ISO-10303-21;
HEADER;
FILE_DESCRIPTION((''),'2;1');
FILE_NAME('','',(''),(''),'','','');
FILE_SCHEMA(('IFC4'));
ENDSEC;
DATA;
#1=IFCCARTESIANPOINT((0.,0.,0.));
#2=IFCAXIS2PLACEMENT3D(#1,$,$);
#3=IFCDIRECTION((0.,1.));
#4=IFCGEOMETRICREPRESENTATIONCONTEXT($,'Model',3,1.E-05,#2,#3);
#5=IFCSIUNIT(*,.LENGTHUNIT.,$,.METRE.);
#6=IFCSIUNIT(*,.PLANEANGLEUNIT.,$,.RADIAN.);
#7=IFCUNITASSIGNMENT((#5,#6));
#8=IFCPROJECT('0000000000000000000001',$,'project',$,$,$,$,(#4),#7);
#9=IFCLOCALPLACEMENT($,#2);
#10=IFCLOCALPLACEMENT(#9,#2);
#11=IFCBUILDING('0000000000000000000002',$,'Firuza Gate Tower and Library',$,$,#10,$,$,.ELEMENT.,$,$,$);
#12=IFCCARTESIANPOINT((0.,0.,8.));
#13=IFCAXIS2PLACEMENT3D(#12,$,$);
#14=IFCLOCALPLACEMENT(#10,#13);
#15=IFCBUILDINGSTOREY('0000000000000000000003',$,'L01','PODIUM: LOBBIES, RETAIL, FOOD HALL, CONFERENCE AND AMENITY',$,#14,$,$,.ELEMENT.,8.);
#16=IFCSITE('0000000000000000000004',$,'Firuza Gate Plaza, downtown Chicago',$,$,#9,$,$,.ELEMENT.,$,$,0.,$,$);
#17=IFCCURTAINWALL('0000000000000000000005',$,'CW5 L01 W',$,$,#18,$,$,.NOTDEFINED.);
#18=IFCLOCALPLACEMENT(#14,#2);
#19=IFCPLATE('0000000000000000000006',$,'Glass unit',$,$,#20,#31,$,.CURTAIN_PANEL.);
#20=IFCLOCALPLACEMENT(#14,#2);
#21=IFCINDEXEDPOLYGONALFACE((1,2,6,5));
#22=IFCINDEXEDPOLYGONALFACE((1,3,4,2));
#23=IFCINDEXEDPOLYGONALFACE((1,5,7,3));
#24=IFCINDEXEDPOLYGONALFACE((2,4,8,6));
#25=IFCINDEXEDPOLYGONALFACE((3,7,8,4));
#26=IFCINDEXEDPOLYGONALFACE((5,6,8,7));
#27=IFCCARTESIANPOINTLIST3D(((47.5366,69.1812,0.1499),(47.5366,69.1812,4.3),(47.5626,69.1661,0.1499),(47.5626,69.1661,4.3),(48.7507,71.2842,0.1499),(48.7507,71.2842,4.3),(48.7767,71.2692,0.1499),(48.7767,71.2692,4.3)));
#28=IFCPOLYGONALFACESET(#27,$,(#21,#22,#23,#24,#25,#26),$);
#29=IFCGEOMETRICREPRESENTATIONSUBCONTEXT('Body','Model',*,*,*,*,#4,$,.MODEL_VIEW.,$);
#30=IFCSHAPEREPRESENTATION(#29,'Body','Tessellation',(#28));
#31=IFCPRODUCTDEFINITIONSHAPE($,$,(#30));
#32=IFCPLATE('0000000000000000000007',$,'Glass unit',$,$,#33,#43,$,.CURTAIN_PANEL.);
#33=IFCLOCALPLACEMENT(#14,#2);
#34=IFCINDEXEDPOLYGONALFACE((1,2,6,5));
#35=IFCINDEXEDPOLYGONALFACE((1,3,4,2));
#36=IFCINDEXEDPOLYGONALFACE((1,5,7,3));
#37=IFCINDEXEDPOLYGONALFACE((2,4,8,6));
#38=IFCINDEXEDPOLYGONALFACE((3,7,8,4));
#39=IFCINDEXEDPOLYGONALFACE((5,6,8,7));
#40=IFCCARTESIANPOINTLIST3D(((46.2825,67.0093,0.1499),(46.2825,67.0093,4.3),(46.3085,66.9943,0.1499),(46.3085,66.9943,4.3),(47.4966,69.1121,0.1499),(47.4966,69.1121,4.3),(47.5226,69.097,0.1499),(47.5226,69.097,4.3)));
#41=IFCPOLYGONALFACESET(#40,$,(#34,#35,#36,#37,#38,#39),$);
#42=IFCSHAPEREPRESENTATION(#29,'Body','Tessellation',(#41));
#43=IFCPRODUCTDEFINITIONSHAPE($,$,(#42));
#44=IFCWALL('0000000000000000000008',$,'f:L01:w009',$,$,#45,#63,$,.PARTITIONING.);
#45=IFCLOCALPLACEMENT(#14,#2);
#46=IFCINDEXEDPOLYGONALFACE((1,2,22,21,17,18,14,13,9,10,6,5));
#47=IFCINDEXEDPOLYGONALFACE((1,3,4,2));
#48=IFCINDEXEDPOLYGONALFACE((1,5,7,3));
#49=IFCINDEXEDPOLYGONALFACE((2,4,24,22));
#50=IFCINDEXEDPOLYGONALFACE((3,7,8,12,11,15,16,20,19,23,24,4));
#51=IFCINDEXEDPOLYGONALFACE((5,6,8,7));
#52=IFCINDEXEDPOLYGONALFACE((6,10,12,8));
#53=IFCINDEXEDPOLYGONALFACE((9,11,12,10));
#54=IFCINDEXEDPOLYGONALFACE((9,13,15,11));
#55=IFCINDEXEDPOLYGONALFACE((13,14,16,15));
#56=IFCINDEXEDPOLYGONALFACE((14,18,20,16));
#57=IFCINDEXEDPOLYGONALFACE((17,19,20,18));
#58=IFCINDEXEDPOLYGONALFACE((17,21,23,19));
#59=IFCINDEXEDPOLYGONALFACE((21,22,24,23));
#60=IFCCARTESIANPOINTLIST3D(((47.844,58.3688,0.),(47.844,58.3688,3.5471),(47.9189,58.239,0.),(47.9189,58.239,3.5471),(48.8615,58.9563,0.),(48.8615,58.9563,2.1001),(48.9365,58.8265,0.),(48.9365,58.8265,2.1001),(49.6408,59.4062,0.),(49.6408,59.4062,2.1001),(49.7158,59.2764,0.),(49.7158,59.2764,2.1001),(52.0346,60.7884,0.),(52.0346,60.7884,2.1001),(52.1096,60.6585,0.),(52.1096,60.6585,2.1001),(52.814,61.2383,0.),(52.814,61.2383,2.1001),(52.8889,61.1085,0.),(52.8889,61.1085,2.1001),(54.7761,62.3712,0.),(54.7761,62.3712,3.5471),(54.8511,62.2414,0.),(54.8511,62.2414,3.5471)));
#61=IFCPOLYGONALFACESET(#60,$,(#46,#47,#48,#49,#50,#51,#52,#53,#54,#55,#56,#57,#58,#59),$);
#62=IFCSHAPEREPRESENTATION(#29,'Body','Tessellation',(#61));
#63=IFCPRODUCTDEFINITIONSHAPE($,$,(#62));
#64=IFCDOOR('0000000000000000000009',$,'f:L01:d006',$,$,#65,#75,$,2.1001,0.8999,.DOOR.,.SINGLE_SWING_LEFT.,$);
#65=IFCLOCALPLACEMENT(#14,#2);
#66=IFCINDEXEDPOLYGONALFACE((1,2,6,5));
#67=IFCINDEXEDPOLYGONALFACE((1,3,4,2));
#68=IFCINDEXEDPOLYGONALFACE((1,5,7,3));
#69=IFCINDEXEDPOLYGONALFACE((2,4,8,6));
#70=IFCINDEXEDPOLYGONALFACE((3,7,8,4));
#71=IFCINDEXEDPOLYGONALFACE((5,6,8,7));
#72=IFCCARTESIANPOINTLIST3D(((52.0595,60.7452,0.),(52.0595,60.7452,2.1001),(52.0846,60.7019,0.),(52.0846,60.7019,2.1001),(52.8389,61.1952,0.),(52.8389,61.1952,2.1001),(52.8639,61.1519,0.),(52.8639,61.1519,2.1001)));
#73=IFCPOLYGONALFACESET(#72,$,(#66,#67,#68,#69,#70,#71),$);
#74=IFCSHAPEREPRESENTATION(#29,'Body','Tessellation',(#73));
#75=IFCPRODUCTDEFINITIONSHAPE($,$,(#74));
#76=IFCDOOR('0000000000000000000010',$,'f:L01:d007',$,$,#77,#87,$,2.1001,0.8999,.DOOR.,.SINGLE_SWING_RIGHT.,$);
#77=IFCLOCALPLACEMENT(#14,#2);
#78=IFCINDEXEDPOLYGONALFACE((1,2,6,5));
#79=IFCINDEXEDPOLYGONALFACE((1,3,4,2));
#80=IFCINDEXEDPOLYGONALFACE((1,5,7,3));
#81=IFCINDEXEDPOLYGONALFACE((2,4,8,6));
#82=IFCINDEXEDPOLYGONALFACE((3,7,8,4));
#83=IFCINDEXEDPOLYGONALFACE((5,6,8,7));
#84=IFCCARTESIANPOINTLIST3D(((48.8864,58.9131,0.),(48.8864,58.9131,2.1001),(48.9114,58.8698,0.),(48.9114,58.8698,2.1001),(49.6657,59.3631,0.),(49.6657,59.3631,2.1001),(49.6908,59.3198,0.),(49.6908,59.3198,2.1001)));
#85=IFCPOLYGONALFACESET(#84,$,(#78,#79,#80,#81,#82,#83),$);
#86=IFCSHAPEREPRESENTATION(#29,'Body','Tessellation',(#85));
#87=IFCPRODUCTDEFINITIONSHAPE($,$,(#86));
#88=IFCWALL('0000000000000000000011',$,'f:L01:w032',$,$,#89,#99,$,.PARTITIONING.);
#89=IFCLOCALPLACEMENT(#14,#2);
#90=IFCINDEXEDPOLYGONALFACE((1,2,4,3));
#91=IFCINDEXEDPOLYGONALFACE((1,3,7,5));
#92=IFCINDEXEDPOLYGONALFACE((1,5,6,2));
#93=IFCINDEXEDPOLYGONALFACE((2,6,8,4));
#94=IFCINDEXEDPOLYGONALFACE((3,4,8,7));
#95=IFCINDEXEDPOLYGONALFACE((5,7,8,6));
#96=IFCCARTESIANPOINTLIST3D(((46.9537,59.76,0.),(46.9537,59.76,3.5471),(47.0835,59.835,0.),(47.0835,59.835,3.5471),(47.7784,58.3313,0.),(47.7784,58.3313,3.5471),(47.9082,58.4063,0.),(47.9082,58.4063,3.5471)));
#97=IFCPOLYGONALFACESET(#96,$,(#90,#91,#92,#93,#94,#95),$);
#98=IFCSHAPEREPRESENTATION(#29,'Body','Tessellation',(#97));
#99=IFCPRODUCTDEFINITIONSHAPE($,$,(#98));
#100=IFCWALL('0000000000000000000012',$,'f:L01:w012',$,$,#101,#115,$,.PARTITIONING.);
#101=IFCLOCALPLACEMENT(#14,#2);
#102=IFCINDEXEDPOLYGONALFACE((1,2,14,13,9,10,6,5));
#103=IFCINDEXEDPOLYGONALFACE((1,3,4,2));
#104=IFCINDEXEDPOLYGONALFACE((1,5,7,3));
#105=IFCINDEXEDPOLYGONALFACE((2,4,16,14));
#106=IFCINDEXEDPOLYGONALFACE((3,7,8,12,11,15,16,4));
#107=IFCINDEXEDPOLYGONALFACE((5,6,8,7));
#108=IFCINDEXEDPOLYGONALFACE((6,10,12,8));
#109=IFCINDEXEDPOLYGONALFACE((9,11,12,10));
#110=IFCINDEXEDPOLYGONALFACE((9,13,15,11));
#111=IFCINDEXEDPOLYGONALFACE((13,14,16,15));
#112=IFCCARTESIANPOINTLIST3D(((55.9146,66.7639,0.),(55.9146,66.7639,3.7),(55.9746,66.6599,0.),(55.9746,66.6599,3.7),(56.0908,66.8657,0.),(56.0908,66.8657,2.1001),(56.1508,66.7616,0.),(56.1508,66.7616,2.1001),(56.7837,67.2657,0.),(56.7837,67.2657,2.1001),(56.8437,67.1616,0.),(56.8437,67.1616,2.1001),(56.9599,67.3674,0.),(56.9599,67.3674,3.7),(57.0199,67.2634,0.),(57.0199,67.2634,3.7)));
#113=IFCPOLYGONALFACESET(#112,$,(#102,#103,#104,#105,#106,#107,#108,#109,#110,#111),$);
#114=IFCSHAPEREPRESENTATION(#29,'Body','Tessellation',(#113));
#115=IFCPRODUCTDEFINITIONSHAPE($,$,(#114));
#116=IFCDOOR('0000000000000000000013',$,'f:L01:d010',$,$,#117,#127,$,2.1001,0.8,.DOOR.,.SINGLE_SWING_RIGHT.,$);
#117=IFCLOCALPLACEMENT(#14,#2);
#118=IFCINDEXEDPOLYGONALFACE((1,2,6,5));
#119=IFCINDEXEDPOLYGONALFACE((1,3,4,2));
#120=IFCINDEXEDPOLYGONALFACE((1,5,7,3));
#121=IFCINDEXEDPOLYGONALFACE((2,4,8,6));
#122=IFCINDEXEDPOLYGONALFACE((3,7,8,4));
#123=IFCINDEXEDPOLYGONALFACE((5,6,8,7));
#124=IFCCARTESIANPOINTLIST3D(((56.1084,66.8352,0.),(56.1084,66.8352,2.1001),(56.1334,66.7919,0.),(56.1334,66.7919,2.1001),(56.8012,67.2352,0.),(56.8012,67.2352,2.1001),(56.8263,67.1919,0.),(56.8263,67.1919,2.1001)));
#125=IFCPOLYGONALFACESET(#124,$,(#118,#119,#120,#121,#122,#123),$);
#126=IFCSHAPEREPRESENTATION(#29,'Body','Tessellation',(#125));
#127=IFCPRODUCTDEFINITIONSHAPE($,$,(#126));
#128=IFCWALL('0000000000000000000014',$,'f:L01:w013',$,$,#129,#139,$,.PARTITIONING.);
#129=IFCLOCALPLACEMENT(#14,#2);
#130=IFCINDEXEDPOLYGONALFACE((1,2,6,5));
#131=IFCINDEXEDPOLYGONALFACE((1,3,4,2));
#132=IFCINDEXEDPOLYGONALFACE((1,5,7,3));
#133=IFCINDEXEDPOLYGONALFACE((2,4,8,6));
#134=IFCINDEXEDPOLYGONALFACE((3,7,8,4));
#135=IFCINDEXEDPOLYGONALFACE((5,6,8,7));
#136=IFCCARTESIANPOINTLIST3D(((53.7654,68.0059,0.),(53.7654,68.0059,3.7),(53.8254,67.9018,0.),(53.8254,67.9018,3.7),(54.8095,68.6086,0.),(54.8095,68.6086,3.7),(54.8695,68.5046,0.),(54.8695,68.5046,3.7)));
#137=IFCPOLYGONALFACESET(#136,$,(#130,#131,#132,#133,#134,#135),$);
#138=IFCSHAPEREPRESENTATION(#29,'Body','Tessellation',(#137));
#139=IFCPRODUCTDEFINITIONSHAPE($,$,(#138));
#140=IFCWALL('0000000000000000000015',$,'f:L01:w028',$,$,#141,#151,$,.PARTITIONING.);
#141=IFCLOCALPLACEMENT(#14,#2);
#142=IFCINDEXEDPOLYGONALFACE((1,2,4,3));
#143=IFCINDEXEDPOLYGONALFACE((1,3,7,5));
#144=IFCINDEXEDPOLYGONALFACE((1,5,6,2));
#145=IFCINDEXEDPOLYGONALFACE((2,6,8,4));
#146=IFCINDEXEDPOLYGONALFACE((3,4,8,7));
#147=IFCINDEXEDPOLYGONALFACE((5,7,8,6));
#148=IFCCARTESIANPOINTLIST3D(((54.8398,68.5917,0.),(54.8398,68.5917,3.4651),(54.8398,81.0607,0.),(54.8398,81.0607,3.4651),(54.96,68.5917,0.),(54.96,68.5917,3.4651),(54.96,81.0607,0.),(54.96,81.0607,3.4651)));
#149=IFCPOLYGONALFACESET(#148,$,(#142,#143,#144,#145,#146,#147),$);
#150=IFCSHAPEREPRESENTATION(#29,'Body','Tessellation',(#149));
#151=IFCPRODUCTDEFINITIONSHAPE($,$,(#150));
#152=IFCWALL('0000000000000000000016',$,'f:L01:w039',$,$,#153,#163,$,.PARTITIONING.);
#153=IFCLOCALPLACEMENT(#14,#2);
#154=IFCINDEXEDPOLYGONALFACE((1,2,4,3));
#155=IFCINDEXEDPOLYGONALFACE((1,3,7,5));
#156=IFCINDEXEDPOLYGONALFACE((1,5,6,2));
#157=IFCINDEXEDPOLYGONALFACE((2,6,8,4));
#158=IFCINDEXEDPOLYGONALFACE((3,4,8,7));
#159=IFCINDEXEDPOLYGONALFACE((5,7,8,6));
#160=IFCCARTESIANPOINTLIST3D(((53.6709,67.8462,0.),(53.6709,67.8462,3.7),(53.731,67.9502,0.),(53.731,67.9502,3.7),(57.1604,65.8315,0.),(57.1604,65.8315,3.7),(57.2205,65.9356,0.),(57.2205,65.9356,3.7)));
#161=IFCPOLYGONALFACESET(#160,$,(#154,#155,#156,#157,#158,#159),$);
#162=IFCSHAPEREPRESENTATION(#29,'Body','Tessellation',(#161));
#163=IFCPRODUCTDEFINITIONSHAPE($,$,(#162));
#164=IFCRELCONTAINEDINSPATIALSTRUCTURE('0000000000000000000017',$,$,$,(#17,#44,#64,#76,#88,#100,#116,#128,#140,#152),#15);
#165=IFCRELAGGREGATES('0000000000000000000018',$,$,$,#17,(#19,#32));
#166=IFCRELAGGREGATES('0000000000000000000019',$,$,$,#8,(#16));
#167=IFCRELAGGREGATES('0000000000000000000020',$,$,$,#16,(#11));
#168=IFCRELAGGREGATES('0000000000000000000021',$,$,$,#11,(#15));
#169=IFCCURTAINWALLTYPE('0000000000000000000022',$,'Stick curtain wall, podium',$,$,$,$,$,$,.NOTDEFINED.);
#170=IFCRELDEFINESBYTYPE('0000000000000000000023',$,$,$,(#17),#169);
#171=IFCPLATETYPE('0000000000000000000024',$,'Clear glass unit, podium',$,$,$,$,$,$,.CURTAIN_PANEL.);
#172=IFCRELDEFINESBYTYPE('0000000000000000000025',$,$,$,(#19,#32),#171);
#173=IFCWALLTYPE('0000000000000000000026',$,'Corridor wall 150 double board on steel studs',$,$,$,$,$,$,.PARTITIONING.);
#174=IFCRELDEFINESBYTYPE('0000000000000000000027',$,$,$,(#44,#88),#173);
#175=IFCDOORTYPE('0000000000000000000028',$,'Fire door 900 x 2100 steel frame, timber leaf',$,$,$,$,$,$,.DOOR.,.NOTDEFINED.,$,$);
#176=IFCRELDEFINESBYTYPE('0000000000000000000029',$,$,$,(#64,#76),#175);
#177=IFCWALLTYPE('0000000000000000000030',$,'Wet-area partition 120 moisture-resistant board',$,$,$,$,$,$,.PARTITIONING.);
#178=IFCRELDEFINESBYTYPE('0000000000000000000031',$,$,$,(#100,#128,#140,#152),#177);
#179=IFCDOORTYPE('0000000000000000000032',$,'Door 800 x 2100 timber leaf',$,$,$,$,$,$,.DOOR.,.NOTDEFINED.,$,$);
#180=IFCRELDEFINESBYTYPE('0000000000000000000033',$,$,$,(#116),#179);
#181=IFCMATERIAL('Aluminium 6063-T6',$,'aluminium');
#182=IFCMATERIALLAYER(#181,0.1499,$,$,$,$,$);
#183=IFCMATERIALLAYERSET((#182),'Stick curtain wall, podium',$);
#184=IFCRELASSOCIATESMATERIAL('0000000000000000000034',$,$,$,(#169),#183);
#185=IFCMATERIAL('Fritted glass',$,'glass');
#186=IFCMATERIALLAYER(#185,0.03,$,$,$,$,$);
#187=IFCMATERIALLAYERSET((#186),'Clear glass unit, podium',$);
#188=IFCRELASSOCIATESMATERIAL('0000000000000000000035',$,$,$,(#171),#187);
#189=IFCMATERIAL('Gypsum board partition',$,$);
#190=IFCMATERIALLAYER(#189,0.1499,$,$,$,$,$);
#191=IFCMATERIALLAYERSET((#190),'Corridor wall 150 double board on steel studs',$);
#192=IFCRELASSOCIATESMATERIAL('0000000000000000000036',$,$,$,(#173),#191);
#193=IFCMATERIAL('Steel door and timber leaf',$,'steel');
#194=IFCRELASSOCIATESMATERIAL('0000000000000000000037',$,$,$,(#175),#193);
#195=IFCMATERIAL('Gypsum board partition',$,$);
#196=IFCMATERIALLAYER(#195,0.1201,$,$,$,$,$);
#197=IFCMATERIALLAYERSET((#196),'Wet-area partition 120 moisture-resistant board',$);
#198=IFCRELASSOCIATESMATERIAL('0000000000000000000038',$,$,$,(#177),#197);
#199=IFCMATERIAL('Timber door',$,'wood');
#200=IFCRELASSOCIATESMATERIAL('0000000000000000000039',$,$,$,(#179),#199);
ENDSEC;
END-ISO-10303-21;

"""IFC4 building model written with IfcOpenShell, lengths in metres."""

from ifc_helpers import new_model, si_unit, direction, frame, frame_2d, origin, place, context, subcontext, project, spatial, polyline, rectangle, outline, extrude, material, layer, layer_set, type_object, element, fill, aggregate, save


model = new_model("IFC4")

# Units and contexts
model_context = context("Model", 3, precision=1e-05, world=origin(), true_north=direction((0.0, 1.0)))
body_context = subcontext(model_context, "Body", "Model", "MODEL_VIEW")
ifc_project = project(units=[si_unit("LENGTHUNIT", "METRE"), si_unit("PLANEANGLEUNIT", "RADIAN")], contexts=[model_context])

# Site, building, storey
site_placement = place(None, origin())
site = spatial("IfcSite", under=ifc_project, at=site_placement, Name="Firuza Gate Plaza, downtown Chicago", CompositionType="ELEMENT", RefElevation=0.0)
building_placement = place(site_placement, origin())
building = spatial("IfcBuilding", under=site, at=building_placement, Name="Firuza Gate Tower and Library", CompositionType="ELEMENT")
storey_placement = place(building_placement, frame((0.0, 0.0, 8.0)))
storey = spatial("IfcBuildingStorey", under=building, at=storey_placement, Name="L01", Description="PODIUM: LOBBIES, RETAIL, FOOD HALL, CONFERENCE AND AMENITY", CompositionType="ELEMENT", Elevation=8.0)

# Shared definitions
placement = place(storey_placement, origin())

# Curtain wall
ifc_material_1 = material(Name="Aluminium 6063-T6", Category="aluminium")
ifc_layer_1 = layer(ifc_material_1, 0.1499)
ifc_layer_set_1 = layer_set([ifc_layer_1], Name="Stick curtain wall, podium")
curtain_wall_type_1 = type_object("IfcCurtainWallType", Name="Stick curtain wall, podium", PredefinedType="NOTDEFINED", material=ifc_layer_set_1)
curtain_wall_1 = element("IfcCurtainWall", 1, at=placement, inside=storey, type_object=curtain_wall_type_1, Name="CW5 L01 W", PredefinedType="NOTDEFINED")

# Plates
ifc_material_2 = material(Name="Fritted glass", Category="glass")
ifc_layer_2 = layer(ifc_material_2, 0.03)
ifc_layer_set_2 = layer_set([ifc_layer_2], Name="Clear glass unit, podium")
plate_type = type_object("IfcPlateType", Name="Clear glass unit, podium", PredefinedType="CURTAIN_PANEL", material=ifc_layer_set_2)
plate_1_placement = place(storey_placement, frame((48.7507, 71.2842, 0.1499), z_axis=(-0.866038, 0.499978, 0.0), x_axis=(-0.499978, -0.866038, 0.0)))
plate_1 = element("IfcPlate", 2, at=plate_1_placement, type_object=plate_type, Name="Glass unit", PredefinedType="CURTAIN_PANEL", context=body_context, shape_type="SweptSolid", body=[
    extrude(outline(polyline([(0.0, 0.0), (2.4283, 0.0), (2.4283, 4.1501), (0.0, 4.1501), (0.0, 0.0)])), origin(), (0.0, 0.0, -1.0), 0.03),
])
plate_2_placement = place(storey_placement, frame((47.4966, 69.1121, 0.1499), z_axis=(-0.866013, 0.500021, 0.0), x_axis=(-0.500021, -0.866013, 0.0)))
plate_2 = element("IfcPlate", 3, at=plate_2_placement, type_object=plate_type, Name="Glass unit", PredefinedType="CURTAIN_PANEL", context=body_context, shape_type="SweptSolid", body=[
    extrude(outline(polyline([(0.0, 0.0), (2.4281, 0.0), (2.4281, 4.1501), (0.0, 4.1501), (0.0, 0.0)])), origin(), (0.0, 0.0, -1.0), 0.03),
])
aggregate(curtain_wall_1, [plate_1, plate_2])

# Wall, openings, doors
ifc_material_3 = material(Name="Gypsum board partition")
ifc_layer_3 = layer(ifc_material_3, 0.1499)
ifc_layer_set_3 = layer_set([ifc_layer_3], Name="Corridor wall 150 double board on steel studs")
wall_type_1 = type_object("IfcWallType", Name="Corridor wall 150 double board on steel studs", PredefinedType="PARTITIONING", material=ifc_layer_set_3)
wall_1_placement = place(storey_placement, frame((54.8137, 62.3064, 0.0), z_axis=(0.0, 0.0, 1.0), x_axis=(-0.866016, -0.500016, 0.0)))
wall_1 = element("IfcWall", 4, at=wall_1_placement, inside=storey, type_object=wall_type_1, Name="f:L01:w009", PredefinedType="PARTITIONING", context=body_context, shape_type="SweptSolid", body=[
    extrude(rectangle(XDim=8.0046, YDim=0.1499, at=frame_2d((4.0024, 0.0))), origin(), (0.0, 0.0, 1.0), 3.5471),
])
opening_1_placement = place(wall_1_placement, frame((2.2659, 0.0, 0.0)))
opening_1 = element("IfcOpeningElement", 5, at=opening_1_placement, cuts=wall_1, PredefinedType="OPENING", context=body_context, shape_type="SweptSolid", body=[
    extrude(rectangle(XDim=0.8999, YDim=2.1001, at=frame_2d((0.45, 1.05))), frame((0.0, 0.085, 0.0), z_axis=(0.0, -1.0, 0.0), x_axis=(1.0, 0.0, 0.0)), (0.0, 0.0, 1.0), 0.1699),
])
opening_2_placement = place(wall_1_placement, frame((5.9299, 0.0, 0.0)))
opening_2 = element("IfcOpeningElement", 6, at=opening_2_placement, cuts=wall_1, PredefinedType="OPENING", context=body_context, shape_type="SweptSolid", body=[
    extrude(rectangle(XDim=0.8999, YDim=2.1001, at=frame_2d((0.45, 1.05))), frame((0.0, 0.085, 0.0), z_axis=(0.0, -1.0, 0.0), x_axis=(1.0, 0.0, 0.0)), (0.0, 0.0, 1.0), 0.1699),
])
ifc_material_4 = material(Name="Steel door and timber leaf", Category="steel")
door_type_1 = type_object("IfcDoorType", Name="Fire door 900 x 2100 steel frame, timber leaf", OperationType="NOTDEFINED", PredefinedType="DOOR", material=ifc_material_4)
door_1_placement = place(opening_1_placement, origin())
door_1 = element("IfcDoor", 7, at=door_1_placement, inside=storey, type_object=door_type_1, Name="f:L01:d006", OperationType="SINGLE_SWING_LEFT", OverallHeight=2.1001, OverallWidth=0.8999, PredefinedType="DOOR", context=body_context, shape_type="SweptSolid", body=[
    extrude(rectangle(XDim=0.8999, YDim=2.1001, at=frame_2d((0.45, 1.05))), frame((0.0, 0.0249, 0.0), z_axis=(0.0, -1.0, 0.0), x_axis=(1.0, 0.0, 0.0)), (0.0, 0.0, 1.0), 0.05),
])
fill(opening_1, door_1)
door_2_placement = place(opening_2_placement, origin())
door_2 = element("IfcDoor", 8, at=door_2_placement, inside=storey, type_object=door_type_1, Name="f:L01:d007", OperationType="SINGLE_SWING_RIGHT", OverallHeight=2.1001, OverallWidth=0.8999, PredefinedType="DOOR", context=body_context, shape_type="SweptSolid", body=[
    extrude(rectangle(XDim=0.8999, YDim=2.1001, at=frame_2d((0.45, 1.05))), frame((0.0, 0.0249, 0.0), z_axis=(0.0, -1.0, 0.0), x_axis=(1.0, 0.0, 0.0)), (0.0, 0.0, 1.0), 0.05),
])
fill(opening_2, door_2)

# Wall
wall_2_placement = place(storey_placement, frame((47.8433, 58.3689, 0.0), z_axis=(0.0, 0.0, 1.0), x_axis=(-0.499927, 0.866067, 0.0)))
element("IfcWall", 9, at=wall_2_placement, inside=storey, type_object=wall_type_1, Name="f:L01:w032", PredefinedType="PARTITIONING", context=body_context, shape_type="SweptSolid", body=[
    extrude(rectangle(XDim=1.6497, YDim=0.1499, at=frame_2d((0.8247, 0.0))), origin(), (0.0, 0.0, 1.0), 3.5471),
])

# Wall, opening, door
ifc_material_5 = material(Name="Gypsum board partition")
ifc_layer_4 = layer(ifc_material_5, 0.1201)
ifc_layer_set_4 = layer_set([ifc_layer_4], Name="Wet-area partition 120 moisture-resistant board")
wall_type_2 = type_object("IfcWallType", Name="Wet-area partition 120 moisture-resistant board", PredefinedType="PARTITIONING", material=ifc_layer_set_4)
wall_3_placement = place(storey_placement, frame((55.9446, 66.7119, 0.0), z_axis=(0.0, 0.0, 1.0), x_axis=(0.866044, 0.499968, 0.0)))
wall_3 = element("IfcWall", 10, at=wall_3_placement, inside=storey, type_object=wall_type_2, Name="f:L01:w012", PredefinedType="PARTITIONING", context=body_context, shape_type="SweptSolid", body=[
    extrude(rectangle(XDim=1.207, YDim=0.1201, at=frame_2d((0.6035, 0.0))), origin(), (0.0, 0.0, 1.0), 3.7),
])
opening_3_placement = place(wall_3_placement, frame((0.2036, 0.0, 0.0)))
opening_3 = element("IfcOpeningElement", 11, at=opening_3_placement, cuts=wall_3, PredefinedType="OPENING", context=body_context, shape_type="SweptSolid", body=[
    extrude(rectangle(XDim=0.8, YDim=2.1001, at=frame_2d((0.3999, 1.05))), frame((0.0, 0.0701, 0.0), z_axis=(0.0, -1.0, 0.0), x_axis=(1.0, 0.0, 0.0)), (0.0, 0.0, 1.0), 0.1401),
])
ifc_material_6 = material(Name="Timber door", Category="wood")
door_type_2 = type_object("IfcDoorType", Name="Door 800 x 2100 timber leaf", OperationType="NOTDEFINED", PredefinedType="DOOR", material=ifc_material_6)
door_3_placement = place(opening_3_placement, origin())
door_3 = element("IfcDoor", 12, at=door_3_placement, inside=storey, type_object=door_type_2, Name="f:L01:d010", OperationType="SINGLE_SWING_RIGHT", OverallHeight=2.1001, OverallWidth=0.8, PredefinedType="DOOR", context=body_context, shape_type="SweptSolid", body=[
    extrude(rectangle(XDim=0.8, YDim=2.1001, at=frame_2d((0.3999, 1.05))), frame((0.0, 0.0249, 0.0), z_axis=(0.0, -1.0, 0.0), x_axis=(1.0, 0.0, 0.0)), (0.0, 0.0, 1.0), 0.05),
])
fill(opening_3, door_3)

# Walls
wall_4_placement = place(storey_placement, frame((53.7954, 67.9539, 0.0), z_axis=(0.0, 0.0, 1.0), x_axis=(0.866054, 0.49995, 0.0)))
element("IfcWall", 13, at=wall_4_placement, inside=storey, type_object=wall_type_2, Name="f:L01:w013", PredefinedType="PARTITIONING", context=body_context, shape_type="SweptSolid", body=[
    extrude(rectangle(XDim=1.2056, YDim=0.1201, at=frame_2d((0.6028, 0.0))), origin(), (0.0, 0.0, 1.0), 3.7),
])
wall_5_placement = place(storey_placement, frame((54.8999, 68.5918, 0.0), z_axis=(0.0, 0.0, 1.0), x_axis=(0.0, 1.0, 0.0)))
element("IfcWall", 14, at=wall_5_placement, inside=storey, type_object=wall_type_2, Name="f:L01:w028", PredefinedType="PARTITIONING", context=body_context, shape_type="SweptSolid", body=[
    extrude(rectangle(XDim=12.469, YDim=0.1201, at=frame_2d((6.2344, 0.0))), origin(), (0.0, 0.0, 1.0), 3.4651),
])
wall_6_placement = place(storey_placement, frame((57.1904, 65.8835, 0.0), z_axis=(0.0, 0.0, 1.0), x_axis=(-0.866027, 0.499997, 0.0)))
element("IfcWall", 15, at=wall_6_placement, inside=storey, type_object=wall_type_2, Name="f:L01:w039", PredefinedType="PARTITIONING", context=body_context, shape_type="SweptSolid", body=[
    extrude(rectangle(XDim=4.0293, YDim=0.1201, at=frame_2d((2.0146, 0.0))), origin(), (0.0, 0.0, 1.0), 3.7),
])

save(model, "model.ifc")
